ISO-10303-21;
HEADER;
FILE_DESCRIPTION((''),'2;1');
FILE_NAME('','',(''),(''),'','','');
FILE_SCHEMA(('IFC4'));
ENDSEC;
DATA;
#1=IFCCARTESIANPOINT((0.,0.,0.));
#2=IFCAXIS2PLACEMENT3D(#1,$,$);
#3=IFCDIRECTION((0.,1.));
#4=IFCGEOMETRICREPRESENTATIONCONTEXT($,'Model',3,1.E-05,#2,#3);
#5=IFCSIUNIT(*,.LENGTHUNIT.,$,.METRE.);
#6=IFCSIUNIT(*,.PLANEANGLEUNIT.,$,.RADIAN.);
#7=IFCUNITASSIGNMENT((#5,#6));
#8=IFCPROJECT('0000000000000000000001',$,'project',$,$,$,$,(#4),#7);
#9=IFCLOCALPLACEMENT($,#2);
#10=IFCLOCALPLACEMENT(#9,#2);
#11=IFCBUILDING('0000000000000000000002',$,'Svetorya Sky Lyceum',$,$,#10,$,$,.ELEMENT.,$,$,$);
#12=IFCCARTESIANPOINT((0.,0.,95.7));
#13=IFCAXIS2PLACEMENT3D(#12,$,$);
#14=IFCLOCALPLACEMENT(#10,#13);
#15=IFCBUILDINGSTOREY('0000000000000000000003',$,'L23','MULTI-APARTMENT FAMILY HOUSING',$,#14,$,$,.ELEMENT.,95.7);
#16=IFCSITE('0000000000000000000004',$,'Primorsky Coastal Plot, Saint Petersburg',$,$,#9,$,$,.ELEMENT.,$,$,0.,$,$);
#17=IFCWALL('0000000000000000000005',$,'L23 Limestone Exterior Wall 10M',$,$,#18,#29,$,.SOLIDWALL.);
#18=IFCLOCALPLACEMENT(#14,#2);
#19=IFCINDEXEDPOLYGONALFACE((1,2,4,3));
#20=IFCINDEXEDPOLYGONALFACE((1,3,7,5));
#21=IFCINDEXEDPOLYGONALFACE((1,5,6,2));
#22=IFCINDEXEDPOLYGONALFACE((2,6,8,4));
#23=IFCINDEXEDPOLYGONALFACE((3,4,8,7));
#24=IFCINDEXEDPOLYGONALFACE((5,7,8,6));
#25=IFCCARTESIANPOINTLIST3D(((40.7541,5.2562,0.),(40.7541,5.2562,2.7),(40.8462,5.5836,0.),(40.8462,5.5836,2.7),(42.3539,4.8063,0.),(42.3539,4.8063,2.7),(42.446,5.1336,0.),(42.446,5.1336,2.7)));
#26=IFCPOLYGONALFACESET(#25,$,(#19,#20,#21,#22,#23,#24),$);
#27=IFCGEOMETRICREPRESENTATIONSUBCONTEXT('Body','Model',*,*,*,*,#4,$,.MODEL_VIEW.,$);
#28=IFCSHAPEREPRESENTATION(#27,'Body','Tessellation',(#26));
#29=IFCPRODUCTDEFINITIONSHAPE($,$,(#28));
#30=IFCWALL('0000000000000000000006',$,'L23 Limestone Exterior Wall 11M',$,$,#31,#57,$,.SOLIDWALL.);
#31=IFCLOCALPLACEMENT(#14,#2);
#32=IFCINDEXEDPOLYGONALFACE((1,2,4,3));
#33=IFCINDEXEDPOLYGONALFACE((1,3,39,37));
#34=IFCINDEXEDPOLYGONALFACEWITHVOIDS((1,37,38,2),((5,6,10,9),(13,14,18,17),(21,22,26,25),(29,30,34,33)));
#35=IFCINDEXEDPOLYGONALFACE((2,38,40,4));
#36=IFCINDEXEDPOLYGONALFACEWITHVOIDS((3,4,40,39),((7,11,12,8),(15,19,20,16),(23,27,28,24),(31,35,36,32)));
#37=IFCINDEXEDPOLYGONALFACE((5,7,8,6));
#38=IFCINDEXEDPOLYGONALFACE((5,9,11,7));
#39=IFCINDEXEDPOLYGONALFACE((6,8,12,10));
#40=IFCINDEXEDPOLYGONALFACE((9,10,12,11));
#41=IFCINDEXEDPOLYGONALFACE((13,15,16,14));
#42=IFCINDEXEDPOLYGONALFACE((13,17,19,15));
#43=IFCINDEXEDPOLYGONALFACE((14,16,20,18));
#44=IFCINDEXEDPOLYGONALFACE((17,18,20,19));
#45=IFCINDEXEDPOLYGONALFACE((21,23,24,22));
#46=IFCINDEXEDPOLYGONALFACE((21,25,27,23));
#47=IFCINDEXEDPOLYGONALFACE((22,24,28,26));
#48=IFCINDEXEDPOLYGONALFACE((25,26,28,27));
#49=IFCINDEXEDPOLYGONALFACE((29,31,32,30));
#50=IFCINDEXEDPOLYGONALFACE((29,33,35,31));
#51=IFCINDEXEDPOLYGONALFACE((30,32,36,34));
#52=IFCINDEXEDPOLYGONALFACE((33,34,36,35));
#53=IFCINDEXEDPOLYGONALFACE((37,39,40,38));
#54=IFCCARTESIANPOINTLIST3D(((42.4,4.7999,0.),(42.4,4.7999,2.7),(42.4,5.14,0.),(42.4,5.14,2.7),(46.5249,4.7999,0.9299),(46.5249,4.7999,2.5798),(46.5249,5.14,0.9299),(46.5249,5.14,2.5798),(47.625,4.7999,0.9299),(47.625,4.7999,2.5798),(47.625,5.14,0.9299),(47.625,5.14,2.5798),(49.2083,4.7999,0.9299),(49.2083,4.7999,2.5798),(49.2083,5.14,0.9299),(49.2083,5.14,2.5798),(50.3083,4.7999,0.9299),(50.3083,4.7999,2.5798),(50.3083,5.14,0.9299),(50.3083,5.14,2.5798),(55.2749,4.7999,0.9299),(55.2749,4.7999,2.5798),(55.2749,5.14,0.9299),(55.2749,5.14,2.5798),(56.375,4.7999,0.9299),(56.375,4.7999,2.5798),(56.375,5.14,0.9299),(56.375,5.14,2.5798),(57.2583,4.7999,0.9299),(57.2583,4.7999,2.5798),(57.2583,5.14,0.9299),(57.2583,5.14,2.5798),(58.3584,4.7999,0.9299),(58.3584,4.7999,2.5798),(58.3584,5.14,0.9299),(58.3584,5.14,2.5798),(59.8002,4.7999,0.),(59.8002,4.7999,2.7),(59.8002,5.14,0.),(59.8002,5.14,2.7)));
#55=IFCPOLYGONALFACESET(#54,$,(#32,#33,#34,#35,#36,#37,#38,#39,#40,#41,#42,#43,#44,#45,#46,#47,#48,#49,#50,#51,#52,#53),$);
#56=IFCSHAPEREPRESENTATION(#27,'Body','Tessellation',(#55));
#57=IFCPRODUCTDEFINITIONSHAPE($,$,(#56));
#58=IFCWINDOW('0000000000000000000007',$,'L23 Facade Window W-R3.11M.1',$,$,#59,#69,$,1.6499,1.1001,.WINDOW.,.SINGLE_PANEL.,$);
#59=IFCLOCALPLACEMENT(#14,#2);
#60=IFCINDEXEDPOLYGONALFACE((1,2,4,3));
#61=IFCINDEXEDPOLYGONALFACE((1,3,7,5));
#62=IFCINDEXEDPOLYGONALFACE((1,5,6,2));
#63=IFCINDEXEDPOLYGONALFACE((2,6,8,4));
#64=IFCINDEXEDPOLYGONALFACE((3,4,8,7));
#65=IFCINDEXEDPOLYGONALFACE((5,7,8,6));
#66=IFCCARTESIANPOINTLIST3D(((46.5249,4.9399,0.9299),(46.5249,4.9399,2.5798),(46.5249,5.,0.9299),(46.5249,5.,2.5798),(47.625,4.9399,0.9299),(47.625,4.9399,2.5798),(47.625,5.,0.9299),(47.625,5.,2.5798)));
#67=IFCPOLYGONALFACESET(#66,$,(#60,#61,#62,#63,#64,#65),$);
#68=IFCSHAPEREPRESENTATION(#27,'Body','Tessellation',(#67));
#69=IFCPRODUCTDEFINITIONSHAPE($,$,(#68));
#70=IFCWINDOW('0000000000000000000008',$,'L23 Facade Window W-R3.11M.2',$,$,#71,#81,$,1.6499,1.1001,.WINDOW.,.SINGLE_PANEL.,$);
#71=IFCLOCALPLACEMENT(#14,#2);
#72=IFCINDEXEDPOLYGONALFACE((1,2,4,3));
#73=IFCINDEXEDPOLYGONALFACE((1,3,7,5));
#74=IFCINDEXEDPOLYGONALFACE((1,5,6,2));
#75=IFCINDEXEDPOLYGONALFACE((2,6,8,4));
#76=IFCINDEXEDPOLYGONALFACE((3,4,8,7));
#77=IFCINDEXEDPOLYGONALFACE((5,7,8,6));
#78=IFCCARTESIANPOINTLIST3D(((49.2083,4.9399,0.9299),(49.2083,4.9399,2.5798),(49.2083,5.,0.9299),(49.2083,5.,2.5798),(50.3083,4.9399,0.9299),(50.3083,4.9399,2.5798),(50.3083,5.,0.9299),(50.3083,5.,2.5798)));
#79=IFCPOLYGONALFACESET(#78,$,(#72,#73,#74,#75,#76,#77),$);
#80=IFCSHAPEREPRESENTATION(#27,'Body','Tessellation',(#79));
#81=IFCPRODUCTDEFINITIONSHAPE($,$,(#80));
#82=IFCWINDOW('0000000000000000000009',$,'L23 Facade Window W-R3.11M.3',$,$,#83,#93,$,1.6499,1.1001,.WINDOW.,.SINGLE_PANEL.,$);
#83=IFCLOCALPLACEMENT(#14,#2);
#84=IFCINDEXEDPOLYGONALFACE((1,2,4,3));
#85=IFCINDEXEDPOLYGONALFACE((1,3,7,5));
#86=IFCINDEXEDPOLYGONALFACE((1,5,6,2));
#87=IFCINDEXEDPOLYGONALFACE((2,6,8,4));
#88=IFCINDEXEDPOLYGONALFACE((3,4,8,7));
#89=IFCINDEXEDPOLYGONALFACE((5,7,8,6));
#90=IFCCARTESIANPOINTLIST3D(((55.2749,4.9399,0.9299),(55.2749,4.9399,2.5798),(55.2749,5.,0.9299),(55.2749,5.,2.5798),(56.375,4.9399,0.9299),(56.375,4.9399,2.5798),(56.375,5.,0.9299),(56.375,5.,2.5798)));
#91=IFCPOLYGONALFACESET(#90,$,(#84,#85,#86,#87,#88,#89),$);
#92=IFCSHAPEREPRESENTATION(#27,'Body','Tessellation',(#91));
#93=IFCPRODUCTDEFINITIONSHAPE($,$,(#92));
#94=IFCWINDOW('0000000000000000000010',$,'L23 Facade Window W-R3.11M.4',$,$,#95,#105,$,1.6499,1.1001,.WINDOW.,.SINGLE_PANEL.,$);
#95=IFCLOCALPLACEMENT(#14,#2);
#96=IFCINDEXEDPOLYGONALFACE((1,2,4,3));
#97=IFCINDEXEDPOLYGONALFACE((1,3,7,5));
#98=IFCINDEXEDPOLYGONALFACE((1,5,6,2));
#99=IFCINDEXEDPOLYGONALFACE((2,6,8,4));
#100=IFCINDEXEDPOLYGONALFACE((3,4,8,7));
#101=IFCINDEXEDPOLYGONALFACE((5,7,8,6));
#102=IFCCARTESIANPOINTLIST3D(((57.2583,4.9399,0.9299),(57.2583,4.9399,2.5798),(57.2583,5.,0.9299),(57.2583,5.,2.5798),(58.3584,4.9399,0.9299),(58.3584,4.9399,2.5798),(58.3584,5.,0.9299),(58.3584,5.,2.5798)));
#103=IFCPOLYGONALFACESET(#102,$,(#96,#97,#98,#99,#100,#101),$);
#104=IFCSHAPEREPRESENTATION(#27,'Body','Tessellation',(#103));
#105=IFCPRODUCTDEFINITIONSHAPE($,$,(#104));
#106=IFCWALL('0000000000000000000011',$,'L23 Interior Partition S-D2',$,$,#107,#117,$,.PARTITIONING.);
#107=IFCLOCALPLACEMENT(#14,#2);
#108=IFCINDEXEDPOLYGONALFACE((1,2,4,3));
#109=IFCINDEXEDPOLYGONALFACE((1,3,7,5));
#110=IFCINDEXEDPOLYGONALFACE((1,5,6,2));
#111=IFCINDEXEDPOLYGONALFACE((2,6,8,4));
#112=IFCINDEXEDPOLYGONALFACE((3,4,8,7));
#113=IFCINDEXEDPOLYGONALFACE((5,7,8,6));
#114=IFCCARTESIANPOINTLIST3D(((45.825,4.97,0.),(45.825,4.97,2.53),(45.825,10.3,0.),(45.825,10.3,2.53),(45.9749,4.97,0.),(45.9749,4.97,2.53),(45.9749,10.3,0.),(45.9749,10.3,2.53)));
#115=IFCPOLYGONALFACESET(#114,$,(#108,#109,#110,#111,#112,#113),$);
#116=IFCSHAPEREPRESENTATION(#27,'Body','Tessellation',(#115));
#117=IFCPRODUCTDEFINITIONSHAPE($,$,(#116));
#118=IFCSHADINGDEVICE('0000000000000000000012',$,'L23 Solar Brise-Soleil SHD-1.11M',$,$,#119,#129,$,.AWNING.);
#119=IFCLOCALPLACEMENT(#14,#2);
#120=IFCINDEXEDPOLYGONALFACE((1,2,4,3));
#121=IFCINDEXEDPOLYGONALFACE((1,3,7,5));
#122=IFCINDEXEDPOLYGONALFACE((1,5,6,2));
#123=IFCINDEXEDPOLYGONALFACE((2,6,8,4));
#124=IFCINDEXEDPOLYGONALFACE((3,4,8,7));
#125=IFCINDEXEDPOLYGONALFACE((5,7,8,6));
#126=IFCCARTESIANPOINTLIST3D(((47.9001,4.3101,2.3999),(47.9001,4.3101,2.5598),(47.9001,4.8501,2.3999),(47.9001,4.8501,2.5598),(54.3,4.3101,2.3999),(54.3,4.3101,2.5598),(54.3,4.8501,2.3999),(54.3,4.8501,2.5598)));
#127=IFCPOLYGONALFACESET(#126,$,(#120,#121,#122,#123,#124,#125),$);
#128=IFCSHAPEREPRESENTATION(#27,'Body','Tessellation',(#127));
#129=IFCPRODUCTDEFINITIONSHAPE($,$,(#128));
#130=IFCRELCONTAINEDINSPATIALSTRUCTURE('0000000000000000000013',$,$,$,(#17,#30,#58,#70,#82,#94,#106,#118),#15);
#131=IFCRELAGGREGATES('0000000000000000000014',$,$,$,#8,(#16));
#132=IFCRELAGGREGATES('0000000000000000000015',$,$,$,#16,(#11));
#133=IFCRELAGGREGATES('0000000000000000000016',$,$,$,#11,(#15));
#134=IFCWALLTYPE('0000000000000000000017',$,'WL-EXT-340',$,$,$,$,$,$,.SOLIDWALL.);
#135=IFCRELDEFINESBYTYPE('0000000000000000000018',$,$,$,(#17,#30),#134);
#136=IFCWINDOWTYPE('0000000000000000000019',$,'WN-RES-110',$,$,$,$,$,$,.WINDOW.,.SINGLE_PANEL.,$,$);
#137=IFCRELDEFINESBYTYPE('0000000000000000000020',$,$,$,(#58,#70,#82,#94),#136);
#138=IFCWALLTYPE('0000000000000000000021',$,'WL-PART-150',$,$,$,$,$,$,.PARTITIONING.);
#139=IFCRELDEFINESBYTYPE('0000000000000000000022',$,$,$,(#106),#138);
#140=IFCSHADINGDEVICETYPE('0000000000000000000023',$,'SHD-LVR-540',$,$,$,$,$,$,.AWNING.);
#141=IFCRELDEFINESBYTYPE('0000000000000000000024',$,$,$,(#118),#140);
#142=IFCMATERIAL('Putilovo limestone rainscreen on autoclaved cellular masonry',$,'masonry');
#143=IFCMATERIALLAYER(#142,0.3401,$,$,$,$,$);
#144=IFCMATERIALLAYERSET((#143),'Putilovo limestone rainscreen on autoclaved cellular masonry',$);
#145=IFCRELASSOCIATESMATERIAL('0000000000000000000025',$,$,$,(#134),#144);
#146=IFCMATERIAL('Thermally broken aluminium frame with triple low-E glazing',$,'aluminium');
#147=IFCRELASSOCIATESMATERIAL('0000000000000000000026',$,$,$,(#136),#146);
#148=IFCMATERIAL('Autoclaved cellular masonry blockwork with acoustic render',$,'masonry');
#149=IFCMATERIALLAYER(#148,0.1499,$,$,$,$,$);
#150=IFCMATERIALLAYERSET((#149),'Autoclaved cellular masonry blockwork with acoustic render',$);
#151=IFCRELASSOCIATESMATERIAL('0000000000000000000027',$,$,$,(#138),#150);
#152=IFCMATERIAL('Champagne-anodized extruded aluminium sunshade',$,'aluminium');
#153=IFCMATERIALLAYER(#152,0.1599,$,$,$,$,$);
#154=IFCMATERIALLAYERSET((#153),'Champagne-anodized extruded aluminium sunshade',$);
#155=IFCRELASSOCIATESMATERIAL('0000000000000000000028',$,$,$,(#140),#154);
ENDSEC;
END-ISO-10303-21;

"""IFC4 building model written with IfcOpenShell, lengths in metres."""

from ifc_helpers import new_model, si_unit, direction, frame, frame_2d, origin, origin_2d, place, context, subcontext, project, spatial, rectangle, extrude, material, layer, layer_set, type_object, element, fill, save


model = new_model("IFC4")

# Units and contexts
model_context = context("Model", 3, precision=1e-05, world=origin(), true_north=direction((0.0, 1.0)))
body_context = subcontext(model_context, "Body", "Model", "MODEL_VIEW")
ifc_project = project(units=[si_unit("LENGTHUNIT", "METRE"), si_unit("PLANEANGLEUNIT", "RADIAN")], contexts=[model_context])

# Site, building, storey
site_placement = place(None, origin())
site = spatial("IfcSite", under=ifc_project, at=site_placement, Name="Primorsky Coastal Plot, Saint Petersburg", CompositionType="ELEMENT", RefElevation=0.0)
building_placement = place(site_placement, origin())
building = spatial("IfcBuilding", under=site, at=building_placement, Name="Svetorya Sky Lyceum", CompositionType="ELEMENT")
storey_placement = place(building_placement, frame((0.0, 0.0, 95.7)))
storey = spatial("IfcBuildingStorey", under=building, at=storey_placement, Name="L23", Description="MULTI-APARTMENT FAMILY HOUSING", CompositionType="ELEMENT", Elevation=95.7)

# Wall
ifc_material_1 = material(Name="Putilovo limestone rainscreen on autoclaved cellular masonry", Category="masonry")
ifc_layer_1 = layer(ifc_material_1, 0.3401)
ifc_layer_set_1 = layer_set([ifc_layer_1], Name="Putilovo limestone rainscreen on autoclaved cellular masonry")
wall_type_1 = type_object("IfcWallType", Name="WL-EXT-340", PredefinedType="SOLIDWALL", material=ifc_layer_set_1)
wall_1_placement = place(storey_placement, frame((40.8, 5.4199, 0.0), z_axis=(0.0, 0.0, 1.0), x_axis=(0.962652, -0.270741, 0.0)))
element("IfcWall", 1, at=wall_1_placement, inside=storey, type_object=wall_type_1, Name="L23 Limestone Exterior Wall 10M", PredefinedType="SOLIDWALL", context=body_context, shape_type="SweptSolid", body=[
    extrude(rectangle(XDim=1.6619, YDim=0.3401, at=frame_2d((0.8311, 0.0))), origin(), (0.0, 0.0, 1.0), 2.7),
])

# Wall, openings, windows
wall_2_placement = place(storey_placement, frame((42.3999, 4.97, 0.0), z_axis=(0.0, 0.0, 1.0), x_axis=(1.0, 0.0, 0.0)))
wall_2 = element("IfcWall", 2, at=wall_2_placement, inside=storey, type_object=wall_type_1, Name="L23 Limestone Exterior Wall 11M", PredefinedType="SOLIDWALL", context=body_context, shape_type="SweptSolid", body=[
    extrude(rectangle(XDim=17.4001, YDim=0.3401, at=frame_2d((8.7002, 0.0))), origin(), (0.0, 0.0, 1.0), 2.7),
])
opening_1_placement = place(wall_2_placement, frame((4.125, 0.0, 0.9299)))
opening_1 = element("IfcOpeningElement", 3, at=opening_1_placement, cuts=wall_2, PredefinedType="OPENING", context=body_context, shape_type="SweptSolid", body=[
    extrude(rectangle(XDim=1.1001, YDim=1.6499, at=frame_2d((0.55, 0.825))), frame((0.0, 0.1799, 0.0), z_axis=(0.0, -1.0, 0.0), x_axis=(1.0, 0.0, 0.0)), (0.0, 0.0, 1.0), 0.3601),
])
opening_2_placement = place(wall_2_placement, frame((6.8083, 0.0, 0.9299)))
opening_2 = element("IfcOpeningElement", 4, at=opening_2_placement, cuts=wall_2, PredefinedType="OPENING", context=body_context, shape_type="SweptSolid", body=[
    extrude(rectangle(XDim=1.1001, YDim=1.6499, at=frame_2d((0.55, 0.825))), frame((0.0, 0.1799, 0.0), z_axis=(0.0, -1.0, 0.0), x_axis=(1.0, 0.0, 0.0)), (0.0, 0.0, 1.0), 0.3601),
])
opening_3_placement = place(wall_2_placement, frame((12.875, 0.0, 0.9299)))
opening_3 = element("IfcOpeningElement", 5, at=opening_3_placement, cuts=wall_2, PredefinedType="OPENING", context=body_context, shape_type="SweptSolid", body=[
    extrude(rectangle(XDim=1.1001, YDim=1.6499, at=frame_2d((0.55, 0.825))), frame((0.0, 0.1799, 0.0), z_axis=(0.0, -1.0, 0.0), x_axis=(1.0, 0.0, 0.0)), (0.0, 0.0, 1.0), 0.3601),
])
opening_4_placement = place(wall_2_placement, frame((14.8584, 0.0, 0.9299)))
opening_4 = element("IfcOpeningElement", 6, at=opening_4_placement, cuts=wall_2, PredefinedType="OPENING", context=body_context, shape_type="SweptSolid", body=[
    extrude(rectangle(XDim=1.1001, YDim=1.6499, at=frame_2d((0.55, 0.825))), frame((0.0, 0.1799, 0.0), z_axis=(0.0, -1.0, 0.0), x_axis=(1.0, 0.0, 0.0)), (0.0, 0.0, 1.0), 0.3601),
])
ifc_material_2 = material(Name="Thermally broken aluminium frame with triple low-E glazing", Category="aluminium")
window_type = type_object("IfcWindowType", Name="WN-RES-110", PartitioningType="SINGLE_PANEL", PredefinedType="WINDOW", material=ifc_material_2)
window_1_placement = place(opening_1_placement, origin())
window_1 = element("IfcWindow", 7, at=window_1_placement, inside=storey, type_object=window_type, Name="L23 Facade Window W-R3.11M.1", OverallHeight=1.6499, OverallWidth=1.1001, PartitioningType="SINGLE_PANEL", PredefinedType="WINDOW", context=body_context, shape_type="SweptSolid", body=[
    extrude(rectangle(XDim=1.1001, YDim=1.6499, at=frame_2d((0.55, 0.825))), frame((0.0, 0.03, 0.0), z_axis=(0.0, -1.0, 0.0), x_axis=(1.0, 0.0, 0.0)), (0.0, 0.0, 1.0), 0.0601),
])
fill(opening_1, window_1)
window_2_placement = place(opening_2_placement, origin())
window_2 = element("IfcWindow", 8, at=window_2_placement, inside=storey, type_object=window_type, Name="L23 Facade Window W-R3.11M.2", OverallHeight=1.6499, OverallWidth=1.1001, PartitioningType="SINGLE_PANEL", PredefinedType="WINDOW", context=body_context, shape_type="SweptSolid", body=[
    extrude(rectangle(XDim=1.1001, YDim=1.6499, at=frame_2d((0.55, 0.825))), frame((0.0, 0.03, 0.0), z_axis=(0.0, -1.0, 0.0), x_axis=(1.0, 0.0, 0.0)), (0.0, 0.0, 1.0), 0.0601),
])
fill(opening_2, window_2)
window_3_placement = place(opening_3_placement, origin())
window_3 = element("IfcWindow", 9, at=window_3_placement, inside=storey, type_object=window_type, Name="L23 Facade Window W-R3.11M.3", OverallHeight=1.6499, OverallWidth=1.1001, PartitioningType="SINGLE_PANEL", PredefinedType="WINDOW", context=body_context, shape_type="SweptSolid", body=[
    extrude(rectangle(XDim=1.1001, YDim=1.6499, at=frame_2d((0.55, 0.825))), frame((0.0, 0.03, 0.0), z_axis=(0.0, -1.0, 0.0), x_axis=(1.0, 0.0, 0.0)), (0.0, 0.0, 1.0), 0.0601),
])
fill(opening_3, window_3)
window_4_placement = place(opening_4_placement, origin())
window_4 = element("IfcWindow", 10, at=window_4_placement, inside=storey, type_object=window_type, Name="L23 Facade Window W-R3.11M.4", OverallHeight=1.6499, OverallWidth=1.1001, PartitioningType="SINGLE_PANEL", PredefinedType="WINDOW", context=body_context, shape_type="SweptSolid", body=[
    extrude(rectangle(XDim=1.1001, YDim=1.6499, at=frame_2d((0.55, 0.825))), frame((0.0, 0.03, 0.0), z_axis=(0.0, -1.0, 0.0), x_axis=(1.0, 0.0, 0.0)), (0.0, 0.0, 1.0), 0.0601),
])
fill(opening_4, window_4)

# Wall
ifc_material_3 = material(Name="Autoclaved cellular masonry blockwork with acoustic render", Category="masonry")
ifc_layer_2 = layer(ifc_material_3, 0.1499)
ifc_layer_set_2 = layer_set([ifc_layer_2], Name="Autoclaved cellular masonry blockwork with acoustic render")
wall_type_2 = type_object("IfcWallType", Name="WL-PART-150", PredefinedType="PARTITIONING", material=ifc_layer_set_2)
wall_3_placement = place(storey_placement, frame((45.8999, 4.97, 0.0), z_axis=(0.0, 0.0, 1.0), x_axis=(0.0, 1.0, 0.0)))
element("IfcWall", 11, at=wall_3_placement, inside=storey, type_object=wall_type_2, Name="L23 Interior Partition S-D2", PredefinedType="PARTITIONING", context=body_context, shape_type="SweptSolid", body=[
    extrude(rectangle(XDim=5.3301, YDim=0.1499, at=frame_2d((2.665, 0.0))), origin(), (0.0, 0.0, 1.0), 2.53),
])

# Shading device
ifc_material_4 = material(Name="Champagne-anodized extruded aluminium sunshade", Category="aluminium")
ifc_layer_3 = layer(ifc_material_4, 0.1599)
ifc_layer_set_3 = layer_set([ifc_layer_3], Name="Champagne-anodized extruded aluminium sunshade")
shading_device_type = type_object("IfcShadingDeviceType", Name="SHD-LVR-540", PredefinedType="AWNING", material=ifc_layer_set_3)
shading_device_placement = place(storey_placement, frame((51.1001, 4.5801, 2.3999), z_axis=(0.0, 0.0, 1.0), x_axis=(1.0, 0.0, 0.0)))
element("IfcShadingDevice", 12, at=shading_device_placement, inside=storey, type_object=shading_device_type, Name="L23 Solar Brise-Soleil SHD-1.11M", PredefinedType="AWNING", context=body_context, shape_type="SweptSolid", body=[
    extrude(rectangle(XDim=6.3999, YDim=0.54, at=origin_2d()), origin(), (0.0, 0.0, 1.0), 0.1599),
])

save(model, "model.ifc")
